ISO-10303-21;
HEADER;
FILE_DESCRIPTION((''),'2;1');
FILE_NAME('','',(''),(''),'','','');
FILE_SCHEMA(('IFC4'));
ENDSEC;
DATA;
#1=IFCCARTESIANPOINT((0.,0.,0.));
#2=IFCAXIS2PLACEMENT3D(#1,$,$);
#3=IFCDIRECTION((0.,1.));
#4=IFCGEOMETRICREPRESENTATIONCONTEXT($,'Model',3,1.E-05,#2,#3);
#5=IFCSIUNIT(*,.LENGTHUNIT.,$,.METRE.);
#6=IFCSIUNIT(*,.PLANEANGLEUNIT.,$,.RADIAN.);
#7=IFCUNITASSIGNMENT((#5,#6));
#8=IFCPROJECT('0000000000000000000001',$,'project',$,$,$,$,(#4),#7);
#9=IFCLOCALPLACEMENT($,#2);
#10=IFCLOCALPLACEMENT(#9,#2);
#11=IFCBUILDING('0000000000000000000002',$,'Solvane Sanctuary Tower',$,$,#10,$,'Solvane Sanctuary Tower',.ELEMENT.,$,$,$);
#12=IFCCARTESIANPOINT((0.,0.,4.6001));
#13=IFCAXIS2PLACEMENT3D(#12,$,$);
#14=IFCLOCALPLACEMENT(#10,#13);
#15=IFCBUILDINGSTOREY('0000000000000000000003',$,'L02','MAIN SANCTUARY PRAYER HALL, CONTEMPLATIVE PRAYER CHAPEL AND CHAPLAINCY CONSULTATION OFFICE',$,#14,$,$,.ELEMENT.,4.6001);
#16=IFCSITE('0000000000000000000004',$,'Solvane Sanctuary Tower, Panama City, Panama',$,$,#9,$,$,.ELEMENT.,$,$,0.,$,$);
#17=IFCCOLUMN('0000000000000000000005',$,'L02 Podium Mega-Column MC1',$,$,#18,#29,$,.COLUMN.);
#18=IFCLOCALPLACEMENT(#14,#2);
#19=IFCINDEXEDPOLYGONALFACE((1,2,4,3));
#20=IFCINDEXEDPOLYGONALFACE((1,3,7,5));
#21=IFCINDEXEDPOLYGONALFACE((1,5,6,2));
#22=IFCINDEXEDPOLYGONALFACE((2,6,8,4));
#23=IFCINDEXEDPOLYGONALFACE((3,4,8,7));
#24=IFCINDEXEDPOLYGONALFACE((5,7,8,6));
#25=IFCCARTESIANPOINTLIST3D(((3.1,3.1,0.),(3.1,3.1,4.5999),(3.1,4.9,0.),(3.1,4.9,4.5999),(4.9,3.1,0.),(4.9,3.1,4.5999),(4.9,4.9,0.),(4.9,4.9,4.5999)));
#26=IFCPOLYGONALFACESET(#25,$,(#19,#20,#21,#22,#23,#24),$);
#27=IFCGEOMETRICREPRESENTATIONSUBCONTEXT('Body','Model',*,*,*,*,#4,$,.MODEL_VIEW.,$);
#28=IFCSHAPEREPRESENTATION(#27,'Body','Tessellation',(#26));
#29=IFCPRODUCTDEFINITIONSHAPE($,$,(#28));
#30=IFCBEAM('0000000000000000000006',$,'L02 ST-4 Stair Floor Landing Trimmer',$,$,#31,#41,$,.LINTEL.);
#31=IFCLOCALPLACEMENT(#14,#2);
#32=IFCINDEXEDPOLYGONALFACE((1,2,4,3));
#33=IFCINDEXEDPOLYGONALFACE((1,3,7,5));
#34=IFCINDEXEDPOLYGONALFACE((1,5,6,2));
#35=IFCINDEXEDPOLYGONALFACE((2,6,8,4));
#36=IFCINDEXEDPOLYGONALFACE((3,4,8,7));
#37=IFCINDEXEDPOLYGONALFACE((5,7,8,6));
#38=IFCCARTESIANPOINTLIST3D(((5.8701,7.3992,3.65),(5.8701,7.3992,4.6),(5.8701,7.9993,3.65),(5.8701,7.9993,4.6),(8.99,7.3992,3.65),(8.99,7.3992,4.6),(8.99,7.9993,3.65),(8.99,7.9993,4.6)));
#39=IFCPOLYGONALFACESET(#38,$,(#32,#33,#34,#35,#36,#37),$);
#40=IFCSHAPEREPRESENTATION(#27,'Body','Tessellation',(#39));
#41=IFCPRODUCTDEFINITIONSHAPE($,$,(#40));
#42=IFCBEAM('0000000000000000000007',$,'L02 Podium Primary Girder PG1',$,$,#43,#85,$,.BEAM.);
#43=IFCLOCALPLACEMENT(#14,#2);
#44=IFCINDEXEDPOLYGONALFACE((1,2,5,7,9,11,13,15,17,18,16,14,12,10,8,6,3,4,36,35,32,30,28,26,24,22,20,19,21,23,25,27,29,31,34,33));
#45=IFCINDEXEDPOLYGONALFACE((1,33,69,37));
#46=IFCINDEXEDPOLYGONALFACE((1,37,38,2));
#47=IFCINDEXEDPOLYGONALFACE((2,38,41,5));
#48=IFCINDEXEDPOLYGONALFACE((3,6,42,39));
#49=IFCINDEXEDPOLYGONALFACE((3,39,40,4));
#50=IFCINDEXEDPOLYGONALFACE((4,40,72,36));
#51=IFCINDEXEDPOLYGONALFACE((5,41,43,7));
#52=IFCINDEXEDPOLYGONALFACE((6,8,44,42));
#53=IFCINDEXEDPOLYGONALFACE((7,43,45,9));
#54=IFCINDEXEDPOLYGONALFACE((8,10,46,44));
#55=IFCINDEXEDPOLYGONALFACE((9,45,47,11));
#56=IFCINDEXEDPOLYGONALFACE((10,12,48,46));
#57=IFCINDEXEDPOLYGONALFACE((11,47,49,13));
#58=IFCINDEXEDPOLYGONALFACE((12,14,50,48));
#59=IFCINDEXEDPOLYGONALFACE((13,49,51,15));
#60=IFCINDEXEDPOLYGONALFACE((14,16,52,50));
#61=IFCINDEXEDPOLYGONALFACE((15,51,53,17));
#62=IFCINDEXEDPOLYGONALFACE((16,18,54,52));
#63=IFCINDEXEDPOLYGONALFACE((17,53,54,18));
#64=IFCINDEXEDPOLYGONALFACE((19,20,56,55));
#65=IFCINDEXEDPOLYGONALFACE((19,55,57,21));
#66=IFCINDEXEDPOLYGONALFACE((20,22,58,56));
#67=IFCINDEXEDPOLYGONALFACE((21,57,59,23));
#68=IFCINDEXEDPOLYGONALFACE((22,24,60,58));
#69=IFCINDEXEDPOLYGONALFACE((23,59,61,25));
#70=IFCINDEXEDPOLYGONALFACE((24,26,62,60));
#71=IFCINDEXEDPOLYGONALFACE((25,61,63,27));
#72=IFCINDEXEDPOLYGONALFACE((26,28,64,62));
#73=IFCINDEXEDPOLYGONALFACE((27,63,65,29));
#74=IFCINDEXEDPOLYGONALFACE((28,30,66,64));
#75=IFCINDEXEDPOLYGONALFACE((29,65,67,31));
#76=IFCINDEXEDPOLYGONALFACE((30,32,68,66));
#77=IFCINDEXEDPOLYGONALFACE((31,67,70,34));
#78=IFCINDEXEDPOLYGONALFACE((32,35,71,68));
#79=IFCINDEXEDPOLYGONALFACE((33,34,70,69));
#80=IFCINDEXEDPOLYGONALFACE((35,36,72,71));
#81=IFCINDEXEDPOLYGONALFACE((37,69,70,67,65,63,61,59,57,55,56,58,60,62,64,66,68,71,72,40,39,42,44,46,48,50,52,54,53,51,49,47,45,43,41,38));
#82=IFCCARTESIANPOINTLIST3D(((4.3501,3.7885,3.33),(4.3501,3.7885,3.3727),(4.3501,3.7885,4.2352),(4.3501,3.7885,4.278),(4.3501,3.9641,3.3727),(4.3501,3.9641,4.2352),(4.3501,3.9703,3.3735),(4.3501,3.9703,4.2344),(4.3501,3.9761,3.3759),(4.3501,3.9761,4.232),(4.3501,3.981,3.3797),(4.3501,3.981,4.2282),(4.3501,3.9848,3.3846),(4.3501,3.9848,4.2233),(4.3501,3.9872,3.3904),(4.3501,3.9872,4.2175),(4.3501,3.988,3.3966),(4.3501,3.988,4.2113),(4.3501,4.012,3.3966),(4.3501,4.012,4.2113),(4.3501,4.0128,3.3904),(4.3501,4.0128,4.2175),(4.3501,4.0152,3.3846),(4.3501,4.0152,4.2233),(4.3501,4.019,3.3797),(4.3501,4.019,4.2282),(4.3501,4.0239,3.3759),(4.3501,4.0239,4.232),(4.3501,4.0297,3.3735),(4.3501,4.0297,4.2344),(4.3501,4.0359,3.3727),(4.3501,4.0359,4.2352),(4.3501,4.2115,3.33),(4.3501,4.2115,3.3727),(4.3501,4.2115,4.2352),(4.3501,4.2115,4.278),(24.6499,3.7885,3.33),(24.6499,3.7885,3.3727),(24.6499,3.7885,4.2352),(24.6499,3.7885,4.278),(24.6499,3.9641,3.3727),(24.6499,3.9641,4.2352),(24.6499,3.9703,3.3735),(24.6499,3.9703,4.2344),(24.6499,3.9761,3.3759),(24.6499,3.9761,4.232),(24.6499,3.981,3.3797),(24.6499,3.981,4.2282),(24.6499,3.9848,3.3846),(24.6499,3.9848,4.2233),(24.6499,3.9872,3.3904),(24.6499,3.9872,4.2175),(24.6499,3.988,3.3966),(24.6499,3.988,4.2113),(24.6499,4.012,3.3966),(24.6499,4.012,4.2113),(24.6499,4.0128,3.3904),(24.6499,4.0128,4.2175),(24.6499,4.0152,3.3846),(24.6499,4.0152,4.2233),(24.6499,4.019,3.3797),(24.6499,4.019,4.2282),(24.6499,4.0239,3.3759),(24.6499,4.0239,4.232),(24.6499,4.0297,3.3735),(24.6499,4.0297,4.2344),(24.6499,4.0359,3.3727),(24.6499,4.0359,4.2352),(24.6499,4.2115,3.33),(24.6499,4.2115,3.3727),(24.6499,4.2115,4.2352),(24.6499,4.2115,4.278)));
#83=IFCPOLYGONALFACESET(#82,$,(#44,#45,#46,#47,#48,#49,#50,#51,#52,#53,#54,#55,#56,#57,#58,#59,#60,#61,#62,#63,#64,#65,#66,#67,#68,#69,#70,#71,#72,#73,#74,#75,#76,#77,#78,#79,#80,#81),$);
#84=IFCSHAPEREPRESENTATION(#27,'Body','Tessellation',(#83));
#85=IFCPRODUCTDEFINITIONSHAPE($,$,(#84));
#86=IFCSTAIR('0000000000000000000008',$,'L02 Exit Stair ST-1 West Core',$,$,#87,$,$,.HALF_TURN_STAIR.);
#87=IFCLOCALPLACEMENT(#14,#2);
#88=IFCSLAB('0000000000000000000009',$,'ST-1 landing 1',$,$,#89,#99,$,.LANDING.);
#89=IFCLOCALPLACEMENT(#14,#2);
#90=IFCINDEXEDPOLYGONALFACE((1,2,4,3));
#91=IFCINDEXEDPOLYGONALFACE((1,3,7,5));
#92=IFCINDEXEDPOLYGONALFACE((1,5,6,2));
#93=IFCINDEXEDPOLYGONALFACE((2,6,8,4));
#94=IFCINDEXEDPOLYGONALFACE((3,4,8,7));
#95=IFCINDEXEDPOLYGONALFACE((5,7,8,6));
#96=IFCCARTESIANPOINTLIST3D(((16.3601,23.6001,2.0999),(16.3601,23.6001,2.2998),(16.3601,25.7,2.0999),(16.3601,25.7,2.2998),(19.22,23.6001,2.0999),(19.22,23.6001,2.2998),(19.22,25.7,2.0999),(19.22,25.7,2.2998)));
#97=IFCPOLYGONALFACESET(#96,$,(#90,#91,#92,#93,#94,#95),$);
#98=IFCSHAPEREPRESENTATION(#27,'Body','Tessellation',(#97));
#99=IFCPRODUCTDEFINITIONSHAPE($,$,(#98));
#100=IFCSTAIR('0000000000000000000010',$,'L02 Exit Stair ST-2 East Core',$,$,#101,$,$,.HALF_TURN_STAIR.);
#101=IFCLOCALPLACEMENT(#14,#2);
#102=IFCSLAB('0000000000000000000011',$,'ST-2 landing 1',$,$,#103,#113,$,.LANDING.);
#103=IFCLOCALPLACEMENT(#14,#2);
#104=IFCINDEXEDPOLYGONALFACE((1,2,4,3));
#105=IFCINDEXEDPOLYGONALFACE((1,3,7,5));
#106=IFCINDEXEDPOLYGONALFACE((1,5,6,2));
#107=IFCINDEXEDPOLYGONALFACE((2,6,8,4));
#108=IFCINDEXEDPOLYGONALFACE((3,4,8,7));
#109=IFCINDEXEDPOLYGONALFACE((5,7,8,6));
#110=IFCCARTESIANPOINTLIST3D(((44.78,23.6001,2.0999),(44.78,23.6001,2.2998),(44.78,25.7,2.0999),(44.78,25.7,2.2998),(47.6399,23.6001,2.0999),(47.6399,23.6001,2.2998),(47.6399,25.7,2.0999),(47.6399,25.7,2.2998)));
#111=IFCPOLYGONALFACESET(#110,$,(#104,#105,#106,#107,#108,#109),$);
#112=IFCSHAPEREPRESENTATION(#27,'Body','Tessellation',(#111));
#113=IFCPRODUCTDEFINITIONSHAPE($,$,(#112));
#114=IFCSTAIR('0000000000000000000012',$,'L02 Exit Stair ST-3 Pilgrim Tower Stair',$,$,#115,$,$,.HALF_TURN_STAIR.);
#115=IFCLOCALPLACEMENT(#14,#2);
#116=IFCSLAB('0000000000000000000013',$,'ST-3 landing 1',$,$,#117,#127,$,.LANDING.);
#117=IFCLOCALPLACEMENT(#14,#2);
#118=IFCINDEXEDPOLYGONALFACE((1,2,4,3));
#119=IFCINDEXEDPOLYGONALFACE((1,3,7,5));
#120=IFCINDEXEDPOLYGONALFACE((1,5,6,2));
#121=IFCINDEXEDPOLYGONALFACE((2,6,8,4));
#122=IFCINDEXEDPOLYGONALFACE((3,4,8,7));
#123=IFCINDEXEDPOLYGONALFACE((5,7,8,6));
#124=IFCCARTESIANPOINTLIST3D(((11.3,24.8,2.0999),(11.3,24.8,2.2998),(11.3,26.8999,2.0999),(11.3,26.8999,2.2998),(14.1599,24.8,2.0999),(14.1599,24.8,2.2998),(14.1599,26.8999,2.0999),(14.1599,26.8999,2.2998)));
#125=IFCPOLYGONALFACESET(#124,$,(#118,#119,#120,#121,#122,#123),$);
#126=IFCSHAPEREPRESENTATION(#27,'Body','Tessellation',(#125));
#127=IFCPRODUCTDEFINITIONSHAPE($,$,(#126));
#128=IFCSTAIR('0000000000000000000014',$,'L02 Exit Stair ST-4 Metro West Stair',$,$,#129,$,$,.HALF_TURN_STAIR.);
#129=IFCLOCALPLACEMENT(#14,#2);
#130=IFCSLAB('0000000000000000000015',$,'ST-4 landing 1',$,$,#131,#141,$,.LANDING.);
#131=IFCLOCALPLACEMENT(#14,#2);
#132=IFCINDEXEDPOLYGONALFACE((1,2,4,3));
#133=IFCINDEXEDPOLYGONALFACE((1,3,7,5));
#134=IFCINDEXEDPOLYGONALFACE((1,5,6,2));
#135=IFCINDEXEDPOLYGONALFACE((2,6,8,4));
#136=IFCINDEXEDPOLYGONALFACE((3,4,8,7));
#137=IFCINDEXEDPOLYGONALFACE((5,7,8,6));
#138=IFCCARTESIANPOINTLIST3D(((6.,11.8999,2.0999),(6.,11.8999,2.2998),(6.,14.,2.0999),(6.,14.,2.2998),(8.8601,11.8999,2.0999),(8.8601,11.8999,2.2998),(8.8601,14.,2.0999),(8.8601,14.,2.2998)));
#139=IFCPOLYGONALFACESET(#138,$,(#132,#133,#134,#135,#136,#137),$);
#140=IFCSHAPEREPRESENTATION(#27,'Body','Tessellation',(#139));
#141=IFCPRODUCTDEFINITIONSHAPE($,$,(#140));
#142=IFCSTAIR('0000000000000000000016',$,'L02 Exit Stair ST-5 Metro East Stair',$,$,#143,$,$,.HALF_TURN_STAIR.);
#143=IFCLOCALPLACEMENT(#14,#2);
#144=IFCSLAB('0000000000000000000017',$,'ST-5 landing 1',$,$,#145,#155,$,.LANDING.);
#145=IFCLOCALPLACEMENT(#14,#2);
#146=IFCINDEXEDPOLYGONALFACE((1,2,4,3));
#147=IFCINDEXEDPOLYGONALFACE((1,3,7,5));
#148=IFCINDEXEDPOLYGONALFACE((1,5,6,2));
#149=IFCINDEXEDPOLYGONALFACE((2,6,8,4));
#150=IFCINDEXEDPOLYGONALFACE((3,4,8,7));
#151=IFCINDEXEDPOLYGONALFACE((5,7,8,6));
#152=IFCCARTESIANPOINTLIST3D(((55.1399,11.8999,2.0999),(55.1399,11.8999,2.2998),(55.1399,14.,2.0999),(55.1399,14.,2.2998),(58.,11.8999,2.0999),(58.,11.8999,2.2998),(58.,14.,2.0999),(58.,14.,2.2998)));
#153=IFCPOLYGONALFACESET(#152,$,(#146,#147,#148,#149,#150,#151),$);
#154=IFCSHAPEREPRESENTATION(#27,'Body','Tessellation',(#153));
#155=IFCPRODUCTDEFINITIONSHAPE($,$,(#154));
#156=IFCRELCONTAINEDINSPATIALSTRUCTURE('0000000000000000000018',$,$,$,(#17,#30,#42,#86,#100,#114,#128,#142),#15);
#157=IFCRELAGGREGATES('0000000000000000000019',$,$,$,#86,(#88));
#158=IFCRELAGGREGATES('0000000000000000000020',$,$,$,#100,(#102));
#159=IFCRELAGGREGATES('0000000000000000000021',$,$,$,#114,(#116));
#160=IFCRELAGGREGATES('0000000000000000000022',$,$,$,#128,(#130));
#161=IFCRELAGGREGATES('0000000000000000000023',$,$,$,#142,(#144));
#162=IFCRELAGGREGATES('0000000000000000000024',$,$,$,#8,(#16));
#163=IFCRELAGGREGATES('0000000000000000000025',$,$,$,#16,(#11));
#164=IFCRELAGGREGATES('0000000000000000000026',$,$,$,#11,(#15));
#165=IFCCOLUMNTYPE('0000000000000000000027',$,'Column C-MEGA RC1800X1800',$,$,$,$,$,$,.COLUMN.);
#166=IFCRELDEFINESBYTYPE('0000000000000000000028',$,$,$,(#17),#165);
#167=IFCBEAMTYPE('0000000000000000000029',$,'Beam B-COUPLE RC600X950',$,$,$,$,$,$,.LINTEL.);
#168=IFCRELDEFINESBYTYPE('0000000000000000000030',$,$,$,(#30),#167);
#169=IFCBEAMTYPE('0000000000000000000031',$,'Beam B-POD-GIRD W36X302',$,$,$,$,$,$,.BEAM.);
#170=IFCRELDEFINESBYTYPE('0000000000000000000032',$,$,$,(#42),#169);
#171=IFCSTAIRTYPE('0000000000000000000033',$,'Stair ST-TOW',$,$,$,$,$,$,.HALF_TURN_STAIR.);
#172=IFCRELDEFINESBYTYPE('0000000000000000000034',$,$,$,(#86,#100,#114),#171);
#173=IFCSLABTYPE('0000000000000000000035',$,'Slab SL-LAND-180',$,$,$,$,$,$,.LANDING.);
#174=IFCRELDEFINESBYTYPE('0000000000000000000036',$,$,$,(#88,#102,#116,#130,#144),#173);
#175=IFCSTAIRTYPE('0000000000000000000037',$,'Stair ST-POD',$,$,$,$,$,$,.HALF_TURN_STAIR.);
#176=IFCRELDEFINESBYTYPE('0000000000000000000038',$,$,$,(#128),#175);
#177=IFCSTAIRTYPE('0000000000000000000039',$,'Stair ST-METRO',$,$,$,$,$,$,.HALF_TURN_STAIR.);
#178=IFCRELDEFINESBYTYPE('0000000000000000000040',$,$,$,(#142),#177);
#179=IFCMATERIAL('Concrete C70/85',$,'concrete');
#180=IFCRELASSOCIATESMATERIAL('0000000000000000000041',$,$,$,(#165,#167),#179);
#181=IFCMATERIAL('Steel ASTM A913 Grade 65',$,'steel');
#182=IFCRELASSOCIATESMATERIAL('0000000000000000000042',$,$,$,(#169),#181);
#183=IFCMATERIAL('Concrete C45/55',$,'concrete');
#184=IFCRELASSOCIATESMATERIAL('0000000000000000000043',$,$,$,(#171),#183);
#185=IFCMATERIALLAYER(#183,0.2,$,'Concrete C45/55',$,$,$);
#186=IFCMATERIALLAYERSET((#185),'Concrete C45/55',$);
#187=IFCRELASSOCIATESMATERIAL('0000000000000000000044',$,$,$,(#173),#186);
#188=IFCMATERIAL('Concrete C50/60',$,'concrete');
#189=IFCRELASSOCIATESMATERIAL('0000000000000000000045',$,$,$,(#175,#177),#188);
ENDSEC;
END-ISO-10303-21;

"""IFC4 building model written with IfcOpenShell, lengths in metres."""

from ifc_helpers import new_model, si_unit, direction, frame, origin, origin_2d, place, context, subcontext, project, spatial, polyline, rectangle, i_section, outline, extrude, material, layer, layer_set, material_profile, profile_set, type_object, element, aggregate, save


model = new_model("IFC4")

# Units and contexts
model_context = context("Model", 3, precision=1e-05, world=origin(), true_north=direction((0.0, 1.0)))
body_context = subcontext(model_context, "Body", "Model", "MODEL_VIEW")
ifc_project = project(units=[si_unit("LENGTHUNIT", "METRE"), si_unit("PLANEANGLEUNIT", "RADIAN")], contexts=[model_context])

# Site, building, storey
site_placement = place(None, origin())
site = spatial("IfcSite", under=ifc_project, at=site_placement, Name="Solvane Sanctuary Tower, Panama City, Panama", CompositionType="ELEMENT", RefElevation=0.0)
building_placement = place(site_placement, origin())
building = spatial("IfcBuilding", under=site, at=building_placement, Name="Solvane Sanctuary Tower", LongName="Solvane Sanctuary Tower", CompositionType="ELEMENT")
storey_placement = place(building_placement, frame((0.0, 0.0, 4.6001)))
storey = spatial("IfcBuildingStorey", under=building, at=storey_placement, Name="L02", Description="MAIN SANCTUARY PRAYER HALL, CONTEMPLATIVE PRAYER CHAPEL AND CHAPLAINCY CONSULTATION OFFICE", CompositionType="ELEMENT", Elevation=4.6001)

# Column
ifc_material_1 = material(Name="Concrete C70/85", Category="concrete")
ifc_material_profile_1 = material_profile(ifc_material_1, rectangle(XDim=1.8, YDim=1.8, at=origin_2d()), Name="RC1800X1800")
ifc_profile_set_1 = profile_set([ifc_material_profile_1], Name="Concrete C70/85")
column_type = type_object("IfcColumnType", Name="Column C-MEGA RC1800X1800", PredefinedType="COLUMN", material=ifc_profile_set_1)
column_placement = place(storey_placement, frame((4.0, 4.0, 0.0), z_axis=(0.0, 0.0, 1.0), x_axis=(1.0, 0.0, 0.0)))
element("IfcColumn", 1, at=column_placement, inside=storey, type_object=column_type, Name="L02 Podium Mega-Column MC1", PredefinedType="COLUMN", context=body_context, shape_type="SweptSolid", body=[
    extrude(rectangle(XDim=1.8, YDim=1.8, at=origin_2d()), origin(), (0.0, 0.0, 1.0), 4.5999),
])

# Beams
ifc_material_profile_2 = material_profile(ifc_material_1, rectangle(XDim=0.6001, YDim=0.95, at=origin_2d()), Name="RC600X950")
ifc_profile_set_2 = profile_set([ifc_material_profile_2], Name="Concrete C70/85")
beam_type_1 = type_object("IfcBeamType", Name="Beam B-COUPLE RC600X950", PredefinedType="LINTEL", material=ifc_profile_set_2)
beam_1_placement = place(storey_placement, frame((5.8701, 7.6992, 4.125), z_axis=(1.0, 0.0, 0.0), x_axis=(0.0, 1.0, 0.0)))
element("IfcBeam", 2, at=beam_1_placement, inside=storey, type_object=beam_type_1, Name="L02 ST-4 Stair Floor Landing Trimmer", PredefinedType="LINTEL", context=body_context, shape_type="SweptSolid", body=[
    extrude(rectangle(XDim=0.6001, YDim=0.95, at=origin_2d()), origin(), (0.0, 0.0, 1.0), 3.1199),
])
ifc_material_2 = material(Name="Steel ASTM A913 Grade 65", Category="steel")
ifc_material_profile_3 = material_profile(ifc_material_2, i_section(OverallWidth=0.4231, OverallDepth=0.948, WebThickness=0.0239, FlangeThickness=0.0427, FilletRadius=0.0239, at=origin_2d()), Name="W36X302")
ifc_profile_set_3 = profile_set([ifc_material_profile_3], Name="Steel ASTM A913 Grade 65")
beam_type_2 = type_object("IfcBeamType", Name="Beam B-POD-GIRD W36X302", PredefinedType="BEAM", material=ifc_profile_set_3)
beam_2_placement = place(storey_placement, frame((4.3501, 4.0, 3.804), z_axis=(1.0, 0.0, 0.0), x_axis=(0.0, 1.0, 0.0)))
element("IfcBeam", 3, at=beam_2_placement, inside=storey, type_object=beam_type_2, Name="L02 Podium Primary Girder PG1", PredefinedType="BEAM", context=body_context, shape_type="SweptSolid", body=[
    extrude(i_section(OverallWidth=0.4231, OverallDepth=0.948, WebThickness=0.0239, FlangeThickness=0.0427, FilletRadius=0.0239, at=origin_2d()), origin(), (0.0, 0.0, 1.0), 20.2998),
])

# Stairs, slabs
ifc_material_3 = material(Name="Concrete C45/55", Category="concrete")
stair_type_1 = type_object("IfcStairType", Name="Stair ST-TOW", PredefinedType="HALF_TURN_STAIR", material=ifc_material_3)
stair_1_placement = place(storey_placement, origin())
stair_1 = element("IfcStair", 4, at=stair_1_placement, inside=storey, type_object=stair_type_1, Name="L02 Exit Stair ST-1 West Core", PredefinedType="HALF_TURN_STAIR")
ifc_layer_1 = layer(ifc_material_3, 0.2, Name="Concrete C45/55")
ifc_layer_set_1 = layer_set([ifc_layer_1], Name="Concrete C45/55")
slab_type_1 = type_object("IfcSlabType", Name="Slab SL-LAND-180", PredefinedType="LANDING", material=ifc_layer_set_1)
slab_1_placement = place(storey_placement, frame((0.0, 0.0, 2.0999)))
slab_1 = element("IfcSlab", 5, at=slab_1_placement, type_object=slab_type_1, Name="ST-1 landing 1", PredefinedType="LANDING", context=body_context, shape_type="SweptSolid", body=[
    extrude(outline(polyline([(19.22, 23.6001), (19.22, 25.7), (16.3601, 25.7), (16.3601, 23.6001), (19.22, 23.6001)])), origin(), (0.0, 0.0, 1.0), 0.2),
])
aggregate(stair_1, [slab_1])
stair_2_placement = place(storey_placement, origin())
stair_2 = element("IfcStair", 6, at=stair_2_placement, inside=storey, type_object=stair_type_1, Name="L02 Exit Stair ST-2 East Core", PredefinedType="HALF_TURN_STAIR")
slab_2_placement = place(storey_placement, frame((0.0, 0.0, 2.0999)))
slab_2 = element("IfcSlab", 7, at=slab_2_placement, type_object=slab_type_1, Name="ST-2 landing 1", PredefinedType="LANDING", context=body_context, shape_type="SweptSolid", body=[
    extrude(outline(polyline([(47.6399, 23.6001), (47.6399, 25.7), (44.78, 25.7), (44.78, 23.6001), (47.6399, 23.6001)])), origin(), (0.0, 0.0, 1.0), 0.2),
])
aggregate(stair_2, [slab_2])
stair_3_placement = place(storey_placement, origin())
stair_3 = element("IfcStair", 8, at=stair_3_placement, inside=storey, type_object=stair_type_1, Name="L02 Exit Stair ST-3 Pilgrim Tower Stair", PredefinedType="HALF_TURN_STAIR")
slab_3_placement = place(storey_placement, frame((0.0, 0.0, 2.0999)))
slab_3 = element("IfcSlab", 9, at=slab_3_placement, type_object=slab_type_1, Name="ST-3 landing 1", PredefinedType="LANDING", context=body_context, shape_type="SweptSolid", body=[
    extrude(outline(polyline([(14.1599, 24.8), (14.1599, 26.8999), (11.3, 26.8999), (11.3, 24.8), (14.1599, 24.8)])), origin(), (0.0, 0.0, 1.0), 0.2),
])
aggregate(stair_3, [slab_3])
ifc_material_4 = material(Name="Concrete C50/60", Category="concrete")
stair_type_2 = type_object("IfcStairType", Name="Stair ST-POD", PredefinedType="HALF_TURN_STAIR", material=ifc_material_4)
stair_4_placement = place(storey_placement, origin())
stair_4 = element("IfcStair", 10, at=stair_4_placement, inside=storey, type_object=stair_type_2, Name="L02 Exit Stair ST-4 Metro West Stair", PredefinedType="HALF_TURN_STAIR")
slab_4_placement = place(storey_placement, frame((0.0, 0.0, 2.0999)))
slab_4 = element("IfcSlab", 11, at=slab_4_placement, type_object=slab_type_1, Name="ST-4 landing 1", PredefinedType="LANDING", context=body_context, shape_type="SweptSolid", body=[
    extrude(outline(polyline([(8.8601, 11.8999), (8.8601, 14.0), (6.0, 14.0), (6.0, 11.8999), (8.8601, 11.8999)])), origin(), (0.0, 0.0, 1.0), 0.2),
])
aggregate(stair_4, [slab_4])
stair_type_3 = type_object("IfcStairType", Name="Stair ST-METRO", PredefinedType="HALF_TURN_STAIR", material=ifc_material_4)
stair_5_placement = place(storey_placement, origin())
stair_5 = element("IfcStair", 12, at=stair_5_placement, inside=storey, type_object=stair_type_3, Name="L02 Exit Stair ST-5 Metro East Stair", PredefinedType="HALF_TURN_STAIR")
slab_5_placement = place(storey_placement, frame((0.0, 0.0, 2.0999)))
slab_5 = element("IfcSlab", 13, at=slab_5_placement, type_object=slab_type_1, Name="ST-5 landing 1", PredefinedType="LANDING", context=body_context, shape_type="SweptSolid", body=[
    extrude(outline(polyline([(58.0, 11.8999), (58.0, 14.0), (55.1399, 14.0), (55.1399, 11.8999), (58.0, 11.8999)])), origin(), (0.0, 0.0, 1.0), 0.2),
])
aggregate(stair_5, [slab_5])

save(model, "model.ifc")
